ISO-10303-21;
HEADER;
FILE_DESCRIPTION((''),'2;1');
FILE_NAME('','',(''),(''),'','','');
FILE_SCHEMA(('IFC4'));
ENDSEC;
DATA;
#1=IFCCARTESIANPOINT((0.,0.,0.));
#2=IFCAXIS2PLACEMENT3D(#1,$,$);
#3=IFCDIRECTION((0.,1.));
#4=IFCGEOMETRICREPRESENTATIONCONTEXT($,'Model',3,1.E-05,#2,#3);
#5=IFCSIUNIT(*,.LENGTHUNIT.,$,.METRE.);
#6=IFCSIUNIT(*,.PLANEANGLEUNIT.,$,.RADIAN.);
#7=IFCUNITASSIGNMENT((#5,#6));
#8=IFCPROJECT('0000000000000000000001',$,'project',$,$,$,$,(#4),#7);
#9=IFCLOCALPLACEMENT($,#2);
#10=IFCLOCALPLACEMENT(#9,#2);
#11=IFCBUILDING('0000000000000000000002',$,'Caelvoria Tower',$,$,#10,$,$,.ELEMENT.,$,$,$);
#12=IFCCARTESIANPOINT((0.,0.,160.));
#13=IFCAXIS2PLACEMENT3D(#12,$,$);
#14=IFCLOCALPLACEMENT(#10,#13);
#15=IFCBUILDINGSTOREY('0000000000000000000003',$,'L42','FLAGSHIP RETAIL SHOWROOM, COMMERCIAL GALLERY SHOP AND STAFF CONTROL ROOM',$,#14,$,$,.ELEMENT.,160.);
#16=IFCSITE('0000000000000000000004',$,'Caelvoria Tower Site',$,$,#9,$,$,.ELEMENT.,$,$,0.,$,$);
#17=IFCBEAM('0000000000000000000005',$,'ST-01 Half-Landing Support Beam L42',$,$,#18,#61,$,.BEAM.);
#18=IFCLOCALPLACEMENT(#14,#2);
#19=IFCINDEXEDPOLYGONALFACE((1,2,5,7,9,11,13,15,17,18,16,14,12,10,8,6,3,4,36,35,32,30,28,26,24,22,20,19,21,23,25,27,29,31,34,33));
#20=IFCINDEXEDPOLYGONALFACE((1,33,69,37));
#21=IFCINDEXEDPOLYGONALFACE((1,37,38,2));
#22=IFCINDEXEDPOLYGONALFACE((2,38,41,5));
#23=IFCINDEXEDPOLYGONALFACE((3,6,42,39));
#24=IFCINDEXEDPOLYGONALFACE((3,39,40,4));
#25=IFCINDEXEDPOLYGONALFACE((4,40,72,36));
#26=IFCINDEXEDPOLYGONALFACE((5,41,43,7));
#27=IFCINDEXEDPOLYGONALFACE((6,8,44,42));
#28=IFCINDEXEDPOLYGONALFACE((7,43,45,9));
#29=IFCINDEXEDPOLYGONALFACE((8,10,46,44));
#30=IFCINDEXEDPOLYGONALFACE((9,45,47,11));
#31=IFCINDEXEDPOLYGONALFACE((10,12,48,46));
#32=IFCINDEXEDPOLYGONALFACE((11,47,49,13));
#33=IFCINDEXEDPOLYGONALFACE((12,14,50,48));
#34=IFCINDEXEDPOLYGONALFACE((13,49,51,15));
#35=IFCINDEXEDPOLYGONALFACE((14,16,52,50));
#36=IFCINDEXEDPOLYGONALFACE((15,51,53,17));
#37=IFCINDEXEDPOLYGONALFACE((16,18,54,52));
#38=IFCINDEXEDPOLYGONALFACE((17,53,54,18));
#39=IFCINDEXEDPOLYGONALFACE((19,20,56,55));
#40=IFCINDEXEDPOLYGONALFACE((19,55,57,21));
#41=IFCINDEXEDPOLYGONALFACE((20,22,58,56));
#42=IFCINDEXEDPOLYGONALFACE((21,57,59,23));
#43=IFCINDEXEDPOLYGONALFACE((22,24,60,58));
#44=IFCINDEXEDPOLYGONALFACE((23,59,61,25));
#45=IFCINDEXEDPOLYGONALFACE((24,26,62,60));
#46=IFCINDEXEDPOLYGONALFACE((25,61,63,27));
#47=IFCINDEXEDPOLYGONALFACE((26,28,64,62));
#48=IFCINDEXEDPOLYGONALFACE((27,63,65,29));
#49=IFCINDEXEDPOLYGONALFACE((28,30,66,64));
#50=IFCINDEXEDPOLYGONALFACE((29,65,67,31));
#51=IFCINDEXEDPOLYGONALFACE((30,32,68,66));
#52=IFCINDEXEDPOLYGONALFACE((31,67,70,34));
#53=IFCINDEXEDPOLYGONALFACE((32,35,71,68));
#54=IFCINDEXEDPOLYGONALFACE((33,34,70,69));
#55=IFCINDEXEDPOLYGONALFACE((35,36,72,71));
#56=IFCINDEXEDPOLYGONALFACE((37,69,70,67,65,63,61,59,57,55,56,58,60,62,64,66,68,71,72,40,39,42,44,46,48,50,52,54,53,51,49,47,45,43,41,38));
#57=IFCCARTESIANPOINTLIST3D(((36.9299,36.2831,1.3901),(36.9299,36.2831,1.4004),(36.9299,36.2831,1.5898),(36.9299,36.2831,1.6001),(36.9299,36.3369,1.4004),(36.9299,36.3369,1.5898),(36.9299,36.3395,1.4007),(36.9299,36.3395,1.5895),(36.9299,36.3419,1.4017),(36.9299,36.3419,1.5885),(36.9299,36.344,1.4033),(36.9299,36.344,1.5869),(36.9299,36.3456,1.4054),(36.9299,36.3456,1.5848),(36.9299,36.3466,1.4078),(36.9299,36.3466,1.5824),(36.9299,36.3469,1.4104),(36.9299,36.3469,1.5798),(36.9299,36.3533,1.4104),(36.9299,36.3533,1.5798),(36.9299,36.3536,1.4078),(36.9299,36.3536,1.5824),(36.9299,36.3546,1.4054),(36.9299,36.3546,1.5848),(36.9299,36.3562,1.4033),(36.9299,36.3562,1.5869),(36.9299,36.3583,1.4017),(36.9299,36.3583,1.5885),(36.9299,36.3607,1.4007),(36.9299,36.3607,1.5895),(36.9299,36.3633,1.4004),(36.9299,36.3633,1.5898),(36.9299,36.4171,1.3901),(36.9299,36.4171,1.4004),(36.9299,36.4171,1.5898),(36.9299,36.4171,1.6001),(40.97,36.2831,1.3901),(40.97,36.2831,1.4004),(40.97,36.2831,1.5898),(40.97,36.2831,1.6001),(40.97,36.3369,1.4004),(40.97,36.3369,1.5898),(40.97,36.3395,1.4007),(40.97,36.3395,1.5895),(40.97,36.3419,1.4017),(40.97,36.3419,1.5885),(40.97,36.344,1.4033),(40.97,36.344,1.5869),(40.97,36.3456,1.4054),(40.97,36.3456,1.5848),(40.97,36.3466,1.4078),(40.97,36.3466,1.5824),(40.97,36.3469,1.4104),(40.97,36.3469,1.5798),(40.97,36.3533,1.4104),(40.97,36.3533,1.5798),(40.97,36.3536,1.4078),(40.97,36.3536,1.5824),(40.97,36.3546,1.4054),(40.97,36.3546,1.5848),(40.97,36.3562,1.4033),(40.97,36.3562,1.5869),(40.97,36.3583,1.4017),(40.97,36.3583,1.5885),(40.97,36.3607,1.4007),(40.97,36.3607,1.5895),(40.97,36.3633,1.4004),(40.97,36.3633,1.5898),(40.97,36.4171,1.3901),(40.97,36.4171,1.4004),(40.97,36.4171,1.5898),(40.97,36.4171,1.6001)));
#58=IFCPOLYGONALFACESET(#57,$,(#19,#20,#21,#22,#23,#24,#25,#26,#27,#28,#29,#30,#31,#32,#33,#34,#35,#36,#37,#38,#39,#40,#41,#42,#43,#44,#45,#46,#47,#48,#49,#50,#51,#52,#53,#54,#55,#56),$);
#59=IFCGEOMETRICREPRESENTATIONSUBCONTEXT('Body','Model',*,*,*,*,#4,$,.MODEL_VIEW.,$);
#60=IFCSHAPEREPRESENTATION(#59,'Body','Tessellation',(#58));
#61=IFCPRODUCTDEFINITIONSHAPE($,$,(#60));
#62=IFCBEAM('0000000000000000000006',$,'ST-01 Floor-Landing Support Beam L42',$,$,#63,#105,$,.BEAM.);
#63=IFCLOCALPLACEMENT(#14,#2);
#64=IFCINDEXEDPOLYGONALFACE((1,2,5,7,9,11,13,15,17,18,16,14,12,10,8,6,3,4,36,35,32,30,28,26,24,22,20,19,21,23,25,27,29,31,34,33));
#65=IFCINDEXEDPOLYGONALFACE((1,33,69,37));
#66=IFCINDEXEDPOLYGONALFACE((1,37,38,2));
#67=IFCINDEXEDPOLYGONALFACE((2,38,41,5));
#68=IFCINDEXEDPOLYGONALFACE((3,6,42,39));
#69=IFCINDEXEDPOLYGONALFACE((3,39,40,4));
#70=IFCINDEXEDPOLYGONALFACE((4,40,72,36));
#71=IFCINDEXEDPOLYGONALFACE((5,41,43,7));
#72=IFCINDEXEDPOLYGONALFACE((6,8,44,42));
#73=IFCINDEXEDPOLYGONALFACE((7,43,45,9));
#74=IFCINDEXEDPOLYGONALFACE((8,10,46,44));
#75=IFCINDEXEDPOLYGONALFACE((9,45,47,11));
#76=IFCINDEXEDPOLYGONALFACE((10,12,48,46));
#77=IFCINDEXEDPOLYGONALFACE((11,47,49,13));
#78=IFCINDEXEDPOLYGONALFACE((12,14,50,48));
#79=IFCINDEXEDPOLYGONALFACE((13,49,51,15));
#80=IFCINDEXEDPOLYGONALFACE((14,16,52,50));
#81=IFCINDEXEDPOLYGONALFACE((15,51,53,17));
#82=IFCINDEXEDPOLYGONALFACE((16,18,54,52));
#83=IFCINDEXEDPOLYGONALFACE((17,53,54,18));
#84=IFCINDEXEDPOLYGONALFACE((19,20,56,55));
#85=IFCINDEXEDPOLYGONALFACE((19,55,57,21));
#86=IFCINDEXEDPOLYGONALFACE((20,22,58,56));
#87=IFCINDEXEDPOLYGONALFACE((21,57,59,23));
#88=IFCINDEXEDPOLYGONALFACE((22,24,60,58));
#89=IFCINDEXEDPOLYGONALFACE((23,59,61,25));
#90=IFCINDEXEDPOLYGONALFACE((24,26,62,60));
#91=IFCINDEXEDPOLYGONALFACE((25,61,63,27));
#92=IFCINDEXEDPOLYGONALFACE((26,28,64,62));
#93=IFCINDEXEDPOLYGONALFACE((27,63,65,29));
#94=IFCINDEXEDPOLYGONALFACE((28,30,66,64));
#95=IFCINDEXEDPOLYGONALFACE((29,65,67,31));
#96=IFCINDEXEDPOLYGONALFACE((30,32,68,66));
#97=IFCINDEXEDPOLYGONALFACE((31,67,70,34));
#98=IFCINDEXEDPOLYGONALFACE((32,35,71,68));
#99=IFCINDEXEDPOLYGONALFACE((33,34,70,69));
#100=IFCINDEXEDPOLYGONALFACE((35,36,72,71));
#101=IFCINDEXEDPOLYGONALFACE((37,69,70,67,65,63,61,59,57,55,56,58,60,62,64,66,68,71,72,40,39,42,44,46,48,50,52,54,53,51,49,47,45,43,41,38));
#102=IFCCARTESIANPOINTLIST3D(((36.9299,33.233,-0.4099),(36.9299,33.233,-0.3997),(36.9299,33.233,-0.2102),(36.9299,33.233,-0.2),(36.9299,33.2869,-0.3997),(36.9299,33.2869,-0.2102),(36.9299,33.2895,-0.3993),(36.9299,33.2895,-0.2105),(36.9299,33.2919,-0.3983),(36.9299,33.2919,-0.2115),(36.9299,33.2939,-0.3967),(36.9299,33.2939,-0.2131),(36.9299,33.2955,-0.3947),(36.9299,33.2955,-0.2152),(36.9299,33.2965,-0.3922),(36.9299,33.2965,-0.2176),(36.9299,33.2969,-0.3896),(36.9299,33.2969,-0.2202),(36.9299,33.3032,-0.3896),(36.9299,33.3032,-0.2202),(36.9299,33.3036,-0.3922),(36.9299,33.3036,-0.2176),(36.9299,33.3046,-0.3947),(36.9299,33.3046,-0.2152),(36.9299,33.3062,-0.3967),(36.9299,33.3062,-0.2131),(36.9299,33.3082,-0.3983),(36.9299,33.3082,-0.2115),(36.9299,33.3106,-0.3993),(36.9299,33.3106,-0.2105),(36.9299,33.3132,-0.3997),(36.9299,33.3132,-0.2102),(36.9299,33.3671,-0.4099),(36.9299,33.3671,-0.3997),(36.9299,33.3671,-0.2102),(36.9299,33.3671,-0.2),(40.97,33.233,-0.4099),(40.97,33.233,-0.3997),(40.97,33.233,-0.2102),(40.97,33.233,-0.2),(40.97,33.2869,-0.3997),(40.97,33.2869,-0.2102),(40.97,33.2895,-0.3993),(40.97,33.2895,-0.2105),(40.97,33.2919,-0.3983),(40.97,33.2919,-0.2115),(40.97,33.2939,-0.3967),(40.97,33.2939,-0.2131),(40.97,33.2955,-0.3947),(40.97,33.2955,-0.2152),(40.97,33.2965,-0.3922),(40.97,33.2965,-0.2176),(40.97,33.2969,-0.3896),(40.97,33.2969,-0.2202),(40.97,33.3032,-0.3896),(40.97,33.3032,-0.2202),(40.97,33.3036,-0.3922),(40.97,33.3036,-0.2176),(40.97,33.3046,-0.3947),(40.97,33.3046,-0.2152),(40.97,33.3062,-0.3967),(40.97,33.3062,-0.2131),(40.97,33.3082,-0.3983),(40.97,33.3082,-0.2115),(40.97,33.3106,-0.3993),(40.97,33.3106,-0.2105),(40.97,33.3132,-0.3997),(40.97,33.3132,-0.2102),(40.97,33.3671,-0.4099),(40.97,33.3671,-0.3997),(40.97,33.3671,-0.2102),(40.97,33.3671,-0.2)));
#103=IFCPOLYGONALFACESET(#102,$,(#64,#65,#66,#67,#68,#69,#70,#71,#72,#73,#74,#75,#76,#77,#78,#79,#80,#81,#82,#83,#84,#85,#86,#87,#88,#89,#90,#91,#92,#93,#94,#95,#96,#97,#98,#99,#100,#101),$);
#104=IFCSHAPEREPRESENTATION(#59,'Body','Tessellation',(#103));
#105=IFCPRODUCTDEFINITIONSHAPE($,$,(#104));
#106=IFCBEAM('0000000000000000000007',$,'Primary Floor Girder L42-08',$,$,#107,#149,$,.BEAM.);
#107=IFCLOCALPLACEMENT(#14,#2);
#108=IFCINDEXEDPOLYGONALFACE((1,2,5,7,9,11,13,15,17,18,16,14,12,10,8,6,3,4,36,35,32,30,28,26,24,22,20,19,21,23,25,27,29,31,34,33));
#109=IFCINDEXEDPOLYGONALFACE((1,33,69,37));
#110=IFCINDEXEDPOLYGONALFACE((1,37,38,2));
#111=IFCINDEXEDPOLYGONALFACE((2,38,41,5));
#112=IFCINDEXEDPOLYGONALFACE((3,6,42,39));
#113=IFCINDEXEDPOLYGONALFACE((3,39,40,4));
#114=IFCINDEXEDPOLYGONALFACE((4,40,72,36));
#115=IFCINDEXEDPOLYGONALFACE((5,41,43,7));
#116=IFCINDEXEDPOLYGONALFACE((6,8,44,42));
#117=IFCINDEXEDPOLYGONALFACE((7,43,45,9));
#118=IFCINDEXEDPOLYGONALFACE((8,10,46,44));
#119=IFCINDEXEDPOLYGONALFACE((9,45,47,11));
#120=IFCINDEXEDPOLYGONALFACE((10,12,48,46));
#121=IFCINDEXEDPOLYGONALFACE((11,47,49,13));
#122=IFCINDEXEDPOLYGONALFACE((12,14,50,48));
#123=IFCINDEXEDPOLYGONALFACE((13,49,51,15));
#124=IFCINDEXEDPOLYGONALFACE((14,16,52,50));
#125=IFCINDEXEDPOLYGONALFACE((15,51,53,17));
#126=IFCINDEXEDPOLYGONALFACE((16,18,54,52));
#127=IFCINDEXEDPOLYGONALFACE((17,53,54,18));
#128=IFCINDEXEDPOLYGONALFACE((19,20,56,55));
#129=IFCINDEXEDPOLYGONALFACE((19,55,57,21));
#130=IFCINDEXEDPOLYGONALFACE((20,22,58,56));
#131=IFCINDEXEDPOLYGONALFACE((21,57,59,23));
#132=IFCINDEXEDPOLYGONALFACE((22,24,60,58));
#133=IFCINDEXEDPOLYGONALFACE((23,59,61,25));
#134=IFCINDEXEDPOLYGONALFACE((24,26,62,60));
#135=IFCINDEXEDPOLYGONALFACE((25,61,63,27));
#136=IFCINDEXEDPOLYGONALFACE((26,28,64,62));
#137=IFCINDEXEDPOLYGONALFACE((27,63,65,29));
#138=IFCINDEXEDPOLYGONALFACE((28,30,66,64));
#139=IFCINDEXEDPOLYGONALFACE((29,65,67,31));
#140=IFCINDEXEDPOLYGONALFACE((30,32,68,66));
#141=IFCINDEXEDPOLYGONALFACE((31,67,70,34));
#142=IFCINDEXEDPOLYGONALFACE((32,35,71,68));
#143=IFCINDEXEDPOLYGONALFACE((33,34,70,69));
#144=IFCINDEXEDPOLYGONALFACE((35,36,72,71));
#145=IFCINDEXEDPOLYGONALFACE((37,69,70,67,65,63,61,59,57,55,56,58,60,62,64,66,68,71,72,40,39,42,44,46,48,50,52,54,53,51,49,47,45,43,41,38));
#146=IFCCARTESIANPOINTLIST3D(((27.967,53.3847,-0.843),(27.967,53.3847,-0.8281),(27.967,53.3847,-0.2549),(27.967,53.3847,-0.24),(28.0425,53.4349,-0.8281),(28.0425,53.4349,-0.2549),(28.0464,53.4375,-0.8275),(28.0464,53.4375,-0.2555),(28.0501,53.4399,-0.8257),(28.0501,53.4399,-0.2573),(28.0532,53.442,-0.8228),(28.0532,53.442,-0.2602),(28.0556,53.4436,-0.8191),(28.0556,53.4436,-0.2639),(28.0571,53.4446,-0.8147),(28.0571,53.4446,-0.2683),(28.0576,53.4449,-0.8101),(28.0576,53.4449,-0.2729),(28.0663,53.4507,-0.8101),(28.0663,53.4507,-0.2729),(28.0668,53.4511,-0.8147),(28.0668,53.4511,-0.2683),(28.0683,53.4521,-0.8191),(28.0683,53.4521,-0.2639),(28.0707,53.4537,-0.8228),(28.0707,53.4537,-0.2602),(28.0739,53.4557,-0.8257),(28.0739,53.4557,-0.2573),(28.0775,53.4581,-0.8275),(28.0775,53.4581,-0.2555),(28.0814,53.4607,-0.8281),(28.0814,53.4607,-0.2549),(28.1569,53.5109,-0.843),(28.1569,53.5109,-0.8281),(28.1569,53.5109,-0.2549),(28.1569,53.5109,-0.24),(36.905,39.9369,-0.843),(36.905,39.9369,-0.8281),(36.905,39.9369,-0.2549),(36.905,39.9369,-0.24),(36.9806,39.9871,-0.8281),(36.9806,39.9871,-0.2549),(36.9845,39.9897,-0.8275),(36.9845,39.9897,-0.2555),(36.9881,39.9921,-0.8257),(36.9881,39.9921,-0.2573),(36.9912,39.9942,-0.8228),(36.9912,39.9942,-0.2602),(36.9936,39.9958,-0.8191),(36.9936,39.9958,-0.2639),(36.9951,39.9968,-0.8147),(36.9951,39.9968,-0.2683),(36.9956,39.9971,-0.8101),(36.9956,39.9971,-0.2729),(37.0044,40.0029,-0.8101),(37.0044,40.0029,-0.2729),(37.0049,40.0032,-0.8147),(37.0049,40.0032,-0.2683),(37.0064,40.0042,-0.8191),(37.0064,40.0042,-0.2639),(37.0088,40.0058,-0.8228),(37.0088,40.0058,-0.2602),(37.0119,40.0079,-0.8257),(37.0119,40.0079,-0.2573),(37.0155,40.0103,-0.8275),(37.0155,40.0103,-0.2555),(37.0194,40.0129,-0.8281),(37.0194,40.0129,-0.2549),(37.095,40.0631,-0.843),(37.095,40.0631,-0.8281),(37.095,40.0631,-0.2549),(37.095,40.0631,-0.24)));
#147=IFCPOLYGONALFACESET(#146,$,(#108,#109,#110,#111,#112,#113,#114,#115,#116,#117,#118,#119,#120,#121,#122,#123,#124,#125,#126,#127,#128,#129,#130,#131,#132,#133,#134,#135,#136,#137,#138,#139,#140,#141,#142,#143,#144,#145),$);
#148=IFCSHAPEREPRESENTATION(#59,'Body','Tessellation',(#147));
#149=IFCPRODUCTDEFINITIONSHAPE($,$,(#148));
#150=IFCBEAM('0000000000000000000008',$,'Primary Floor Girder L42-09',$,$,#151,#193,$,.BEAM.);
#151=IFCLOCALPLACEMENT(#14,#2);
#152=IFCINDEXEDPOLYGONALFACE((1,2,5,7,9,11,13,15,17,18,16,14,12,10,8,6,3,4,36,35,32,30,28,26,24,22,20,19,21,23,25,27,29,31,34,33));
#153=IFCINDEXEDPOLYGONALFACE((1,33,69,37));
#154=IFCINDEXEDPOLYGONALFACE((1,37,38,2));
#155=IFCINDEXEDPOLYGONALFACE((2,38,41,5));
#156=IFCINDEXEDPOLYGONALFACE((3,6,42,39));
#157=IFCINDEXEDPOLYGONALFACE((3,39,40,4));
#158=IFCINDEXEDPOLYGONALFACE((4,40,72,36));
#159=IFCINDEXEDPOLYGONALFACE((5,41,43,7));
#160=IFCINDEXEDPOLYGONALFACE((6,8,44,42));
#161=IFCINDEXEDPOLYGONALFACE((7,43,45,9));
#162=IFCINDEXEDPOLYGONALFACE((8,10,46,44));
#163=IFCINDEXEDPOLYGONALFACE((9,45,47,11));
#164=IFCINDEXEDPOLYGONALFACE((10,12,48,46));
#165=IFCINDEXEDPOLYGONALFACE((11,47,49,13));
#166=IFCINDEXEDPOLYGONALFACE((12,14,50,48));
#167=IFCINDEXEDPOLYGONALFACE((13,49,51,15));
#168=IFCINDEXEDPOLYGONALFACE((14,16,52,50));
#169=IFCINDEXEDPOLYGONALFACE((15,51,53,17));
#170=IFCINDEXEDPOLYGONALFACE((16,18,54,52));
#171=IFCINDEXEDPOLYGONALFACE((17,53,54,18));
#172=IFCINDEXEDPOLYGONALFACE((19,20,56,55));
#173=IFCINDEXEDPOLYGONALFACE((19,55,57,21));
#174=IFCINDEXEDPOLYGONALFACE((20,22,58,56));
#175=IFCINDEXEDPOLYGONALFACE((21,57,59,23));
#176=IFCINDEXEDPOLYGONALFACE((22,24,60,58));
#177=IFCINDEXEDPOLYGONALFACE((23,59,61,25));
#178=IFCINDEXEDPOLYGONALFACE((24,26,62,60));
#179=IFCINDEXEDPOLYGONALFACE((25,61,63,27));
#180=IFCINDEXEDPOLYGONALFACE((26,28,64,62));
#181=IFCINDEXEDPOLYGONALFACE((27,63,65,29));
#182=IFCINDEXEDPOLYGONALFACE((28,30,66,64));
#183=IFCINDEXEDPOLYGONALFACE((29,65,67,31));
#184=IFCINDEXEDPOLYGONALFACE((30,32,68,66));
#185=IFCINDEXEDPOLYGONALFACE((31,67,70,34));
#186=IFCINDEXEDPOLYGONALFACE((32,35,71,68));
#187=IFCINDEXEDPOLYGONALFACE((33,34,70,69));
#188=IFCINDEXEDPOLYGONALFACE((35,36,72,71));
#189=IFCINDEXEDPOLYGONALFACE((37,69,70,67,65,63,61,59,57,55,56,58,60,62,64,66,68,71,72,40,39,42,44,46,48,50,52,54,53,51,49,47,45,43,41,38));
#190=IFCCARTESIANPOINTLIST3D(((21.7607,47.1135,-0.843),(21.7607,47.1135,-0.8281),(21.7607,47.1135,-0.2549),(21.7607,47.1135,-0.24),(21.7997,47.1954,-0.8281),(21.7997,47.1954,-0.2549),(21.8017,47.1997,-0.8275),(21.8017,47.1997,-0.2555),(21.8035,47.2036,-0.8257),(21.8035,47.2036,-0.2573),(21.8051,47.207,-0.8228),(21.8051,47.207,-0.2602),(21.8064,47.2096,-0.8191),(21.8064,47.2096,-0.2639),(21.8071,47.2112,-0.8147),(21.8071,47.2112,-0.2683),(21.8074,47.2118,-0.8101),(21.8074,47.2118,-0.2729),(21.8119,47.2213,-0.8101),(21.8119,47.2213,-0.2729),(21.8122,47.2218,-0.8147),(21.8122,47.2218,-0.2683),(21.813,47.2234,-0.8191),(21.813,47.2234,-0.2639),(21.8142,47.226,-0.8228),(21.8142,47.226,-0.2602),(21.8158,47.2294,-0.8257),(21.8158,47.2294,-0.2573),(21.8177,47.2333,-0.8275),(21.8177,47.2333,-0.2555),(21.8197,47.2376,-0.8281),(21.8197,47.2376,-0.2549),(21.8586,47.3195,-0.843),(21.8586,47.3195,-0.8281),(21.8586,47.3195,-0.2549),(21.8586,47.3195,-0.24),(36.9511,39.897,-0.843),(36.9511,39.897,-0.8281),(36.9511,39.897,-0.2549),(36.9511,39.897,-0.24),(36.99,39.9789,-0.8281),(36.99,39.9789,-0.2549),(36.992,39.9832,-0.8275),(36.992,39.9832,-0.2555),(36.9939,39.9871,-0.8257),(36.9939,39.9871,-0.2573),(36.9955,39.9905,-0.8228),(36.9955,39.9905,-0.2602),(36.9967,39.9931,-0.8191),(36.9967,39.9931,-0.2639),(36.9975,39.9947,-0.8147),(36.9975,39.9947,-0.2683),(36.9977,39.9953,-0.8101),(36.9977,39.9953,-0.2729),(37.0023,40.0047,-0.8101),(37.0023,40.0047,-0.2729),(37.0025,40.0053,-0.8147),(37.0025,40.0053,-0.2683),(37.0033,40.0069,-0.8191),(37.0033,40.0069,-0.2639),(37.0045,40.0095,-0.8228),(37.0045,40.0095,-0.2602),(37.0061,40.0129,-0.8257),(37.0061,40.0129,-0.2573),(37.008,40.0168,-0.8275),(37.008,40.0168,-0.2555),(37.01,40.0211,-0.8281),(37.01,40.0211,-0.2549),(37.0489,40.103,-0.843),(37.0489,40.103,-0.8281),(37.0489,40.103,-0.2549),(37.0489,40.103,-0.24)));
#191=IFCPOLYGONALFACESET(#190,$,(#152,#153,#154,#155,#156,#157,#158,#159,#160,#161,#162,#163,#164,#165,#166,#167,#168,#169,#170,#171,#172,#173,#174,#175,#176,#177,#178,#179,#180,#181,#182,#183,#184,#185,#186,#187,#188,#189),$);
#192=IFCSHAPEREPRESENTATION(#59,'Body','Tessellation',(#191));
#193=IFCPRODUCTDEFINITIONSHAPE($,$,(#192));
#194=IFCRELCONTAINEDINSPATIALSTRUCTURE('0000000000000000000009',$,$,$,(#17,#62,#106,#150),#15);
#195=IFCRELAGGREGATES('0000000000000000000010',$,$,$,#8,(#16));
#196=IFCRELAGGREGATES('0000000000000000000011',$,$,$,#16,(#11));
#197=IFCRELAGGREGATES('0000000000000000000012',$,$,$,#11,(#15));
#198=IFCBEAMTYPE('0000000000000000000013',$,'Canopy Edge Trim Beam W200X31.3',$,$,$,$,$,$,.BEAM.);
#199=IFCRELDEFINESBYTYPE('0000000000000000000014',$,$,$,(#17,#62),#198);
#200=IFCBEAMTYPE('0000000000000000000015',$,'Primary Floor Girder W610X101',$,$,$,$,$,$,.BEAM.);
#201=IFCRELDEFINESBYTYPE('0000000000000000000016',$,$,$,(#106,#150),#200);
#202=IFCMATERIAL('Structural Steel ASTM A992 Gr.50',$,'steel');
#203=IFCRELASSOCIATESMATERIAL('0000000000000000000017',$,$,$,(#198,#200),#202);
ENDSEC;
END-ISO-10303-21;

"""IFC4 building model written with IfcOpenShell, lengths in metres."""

from ifc_helpers import new_model, si_unit, direction, frame, origin, origin_2d, place, context, subcontext, project, spatial, i_section, extrude, material, material_profile, profile_set, type_object, element, save


model = new_model("IFC4")

# Units and contexts
model_context = context("Model", 3, precision=1e-05, world=origin(), true_north=direction((0.0, 1.0)))
body_context = subcontext(model_context, "Body", "Model", "MODEL_VIEW")
ifc_project = project(units=[si_unit("LENGTHUNIT", "METRE"), si_unit("PLANEANGLEUNIT", "RADIAN")], contexts=[model_context])

# Site, building, storey
site_placement = place(None, origin())
site = spatial("IfcSite", under=ifc_project, at=site_placement, Name="Caelvoria Tower Site", CompositionType="ELEMENT", RefElevation=0.0)
building_placement = place(site_placement, origin())
building = spatial("IfcBuilding", under=site, at=building_placement, Name="Caelvoria Tower", CompositionType="ELEMENT")
storey_placement = place(building_placement, frame((0.0, 0.0, 160.0)))
storey = spatial("IfcBuildingStorey", under=building, at=storey_placement, Name="L42", Description="FLAGSHIP RETAIL SHOWROOM, COMMERCIAL GALLERY SHOP AND STAFF CONTROL ROOM", CompositionType="ELEMENT", Elevation=160.0)

# Beams
ifc_material_1 = material(Name="Structural Steel ASTM A992 Gr.50", Category="steel")
ifc_material_profile_1 = material_profile(ifc_material_1, i_section(OverallWidth=0.134, OverallDepth=0.21, WebThickness=0.0063, FlangeThickness=0.0103, FilletRadius=0.01, at=origin_2d()), Name="Structural Steel ASTM A992 Gr.50")
ifc_profile_set_1 = profile_set([ifc_material_profile_1], Name="W200X31.3 - Structural Steel ASTM A992 Gr.50")
beam_type_1 = type_object("IfcBeamType", Name="Canopy Edge Trim Beam W200X31.3", PredefinedType="BEAM", material=ifc_profile_set_1)
for number, where, z_axis, x_axis, name in (
    (1, (36.9299, 36.3501, 1.4951), (1.0, 0.0, 0.0), (0.0, 1.0, 0.0), "ST-01 Half-Landing Support Beam L42"),
    (2, (36.9299, 33.3, -0.3049), (1.0, 0.0, 0.0), (0.0, 1.0, 0.0), "ST-01 Floor-Landing Support Beam L42"),
):
    element("IfcBeam", number, at=place(storey_placement, frame(where, z_axis=z_axis, x_axis=x_axis)), inside=storey, type_object=beam_type_1, Name=name, PredefinedType="BEAM", context=body_context, shape_type="SweptSolid", body=[
        extrude(i_section(OverallWidth=0.134, OverallDepth=0.21, WebThickness=0.0063, FlangeThickness=0.0103, FilletRadius=0.01, at=origin_2d()), origin(), (0.0, 0.0, 1.0), 4.04),
    ])
ifc_material_profile_2 = material_profile(ifc_material_1, i_section(OverallWidth=0.228, OverallDepth=0.603, WebThickness=0.0105, FlangeThickness=0.0149, FilletRadius=0.0181, at=origin_2d()), Name="Structural Steel ASTM A992 Gr.50")
ifc_profile_set_2 = profile_set([ifc_material_profile_2], Name="W610X101 - Structural Steel ASTM A992 Gr.50")
beam_type_2 = type_object("IfcBeamType", Name="Primary Floor Girder W610X101", PredefinedType="BEAM", material=ifc_profile_set_2)
beam_1_placement = place(storey_placement, frame((37.0, 40.0, -0.5415), z_axis=(-0.553534, 0.832826, 0.0), x_axis=(-0.832826, -0.553534, 0.0)))
element("IfcBeam", 3, at=beam_1_placement, inside=storey, type_object=beam_type_2, Name="Primary Floor Girder L42-08", PredefinedType="BEAM", context=body_context, shape_type="SweptSolid", body=[
    extrude(i_section(OverallWidth=0.228, OverallDepth=0.603, WebThickness=0.0105, FlangeThickness=0.0149, FilletRadius=0.0181, at=origin_2d()), origin(), (0.0, 0.0, 1.0), 16.1472),
])
beam_2_placement = place(storey_placement, frame((37.0, 40.0, -0.5415), z_axis=(-0.903252, 0.42911, 0.0), x_axis=(-0.42911, -0.903252, 0.0)))
element("IfcBeam", 4, at=beam_2_placement, inside=storey, type_object=beam_type_2, Name="Primary Floor Girder L42-09", PredefinedType="BEAM", context=body_context, shape_type="SweptSolid", body=[
    extrude(i_section(OverallWidth=0.228, OverallDepth=0.603, WebThickness=0.0105, FlangeThickness=0.0149, FilletRadius=0.0181, at=origin_2d()), origin(), (0.0, 0.0, 1.0), 16.8174),
])

save(model, "model.ifc")
